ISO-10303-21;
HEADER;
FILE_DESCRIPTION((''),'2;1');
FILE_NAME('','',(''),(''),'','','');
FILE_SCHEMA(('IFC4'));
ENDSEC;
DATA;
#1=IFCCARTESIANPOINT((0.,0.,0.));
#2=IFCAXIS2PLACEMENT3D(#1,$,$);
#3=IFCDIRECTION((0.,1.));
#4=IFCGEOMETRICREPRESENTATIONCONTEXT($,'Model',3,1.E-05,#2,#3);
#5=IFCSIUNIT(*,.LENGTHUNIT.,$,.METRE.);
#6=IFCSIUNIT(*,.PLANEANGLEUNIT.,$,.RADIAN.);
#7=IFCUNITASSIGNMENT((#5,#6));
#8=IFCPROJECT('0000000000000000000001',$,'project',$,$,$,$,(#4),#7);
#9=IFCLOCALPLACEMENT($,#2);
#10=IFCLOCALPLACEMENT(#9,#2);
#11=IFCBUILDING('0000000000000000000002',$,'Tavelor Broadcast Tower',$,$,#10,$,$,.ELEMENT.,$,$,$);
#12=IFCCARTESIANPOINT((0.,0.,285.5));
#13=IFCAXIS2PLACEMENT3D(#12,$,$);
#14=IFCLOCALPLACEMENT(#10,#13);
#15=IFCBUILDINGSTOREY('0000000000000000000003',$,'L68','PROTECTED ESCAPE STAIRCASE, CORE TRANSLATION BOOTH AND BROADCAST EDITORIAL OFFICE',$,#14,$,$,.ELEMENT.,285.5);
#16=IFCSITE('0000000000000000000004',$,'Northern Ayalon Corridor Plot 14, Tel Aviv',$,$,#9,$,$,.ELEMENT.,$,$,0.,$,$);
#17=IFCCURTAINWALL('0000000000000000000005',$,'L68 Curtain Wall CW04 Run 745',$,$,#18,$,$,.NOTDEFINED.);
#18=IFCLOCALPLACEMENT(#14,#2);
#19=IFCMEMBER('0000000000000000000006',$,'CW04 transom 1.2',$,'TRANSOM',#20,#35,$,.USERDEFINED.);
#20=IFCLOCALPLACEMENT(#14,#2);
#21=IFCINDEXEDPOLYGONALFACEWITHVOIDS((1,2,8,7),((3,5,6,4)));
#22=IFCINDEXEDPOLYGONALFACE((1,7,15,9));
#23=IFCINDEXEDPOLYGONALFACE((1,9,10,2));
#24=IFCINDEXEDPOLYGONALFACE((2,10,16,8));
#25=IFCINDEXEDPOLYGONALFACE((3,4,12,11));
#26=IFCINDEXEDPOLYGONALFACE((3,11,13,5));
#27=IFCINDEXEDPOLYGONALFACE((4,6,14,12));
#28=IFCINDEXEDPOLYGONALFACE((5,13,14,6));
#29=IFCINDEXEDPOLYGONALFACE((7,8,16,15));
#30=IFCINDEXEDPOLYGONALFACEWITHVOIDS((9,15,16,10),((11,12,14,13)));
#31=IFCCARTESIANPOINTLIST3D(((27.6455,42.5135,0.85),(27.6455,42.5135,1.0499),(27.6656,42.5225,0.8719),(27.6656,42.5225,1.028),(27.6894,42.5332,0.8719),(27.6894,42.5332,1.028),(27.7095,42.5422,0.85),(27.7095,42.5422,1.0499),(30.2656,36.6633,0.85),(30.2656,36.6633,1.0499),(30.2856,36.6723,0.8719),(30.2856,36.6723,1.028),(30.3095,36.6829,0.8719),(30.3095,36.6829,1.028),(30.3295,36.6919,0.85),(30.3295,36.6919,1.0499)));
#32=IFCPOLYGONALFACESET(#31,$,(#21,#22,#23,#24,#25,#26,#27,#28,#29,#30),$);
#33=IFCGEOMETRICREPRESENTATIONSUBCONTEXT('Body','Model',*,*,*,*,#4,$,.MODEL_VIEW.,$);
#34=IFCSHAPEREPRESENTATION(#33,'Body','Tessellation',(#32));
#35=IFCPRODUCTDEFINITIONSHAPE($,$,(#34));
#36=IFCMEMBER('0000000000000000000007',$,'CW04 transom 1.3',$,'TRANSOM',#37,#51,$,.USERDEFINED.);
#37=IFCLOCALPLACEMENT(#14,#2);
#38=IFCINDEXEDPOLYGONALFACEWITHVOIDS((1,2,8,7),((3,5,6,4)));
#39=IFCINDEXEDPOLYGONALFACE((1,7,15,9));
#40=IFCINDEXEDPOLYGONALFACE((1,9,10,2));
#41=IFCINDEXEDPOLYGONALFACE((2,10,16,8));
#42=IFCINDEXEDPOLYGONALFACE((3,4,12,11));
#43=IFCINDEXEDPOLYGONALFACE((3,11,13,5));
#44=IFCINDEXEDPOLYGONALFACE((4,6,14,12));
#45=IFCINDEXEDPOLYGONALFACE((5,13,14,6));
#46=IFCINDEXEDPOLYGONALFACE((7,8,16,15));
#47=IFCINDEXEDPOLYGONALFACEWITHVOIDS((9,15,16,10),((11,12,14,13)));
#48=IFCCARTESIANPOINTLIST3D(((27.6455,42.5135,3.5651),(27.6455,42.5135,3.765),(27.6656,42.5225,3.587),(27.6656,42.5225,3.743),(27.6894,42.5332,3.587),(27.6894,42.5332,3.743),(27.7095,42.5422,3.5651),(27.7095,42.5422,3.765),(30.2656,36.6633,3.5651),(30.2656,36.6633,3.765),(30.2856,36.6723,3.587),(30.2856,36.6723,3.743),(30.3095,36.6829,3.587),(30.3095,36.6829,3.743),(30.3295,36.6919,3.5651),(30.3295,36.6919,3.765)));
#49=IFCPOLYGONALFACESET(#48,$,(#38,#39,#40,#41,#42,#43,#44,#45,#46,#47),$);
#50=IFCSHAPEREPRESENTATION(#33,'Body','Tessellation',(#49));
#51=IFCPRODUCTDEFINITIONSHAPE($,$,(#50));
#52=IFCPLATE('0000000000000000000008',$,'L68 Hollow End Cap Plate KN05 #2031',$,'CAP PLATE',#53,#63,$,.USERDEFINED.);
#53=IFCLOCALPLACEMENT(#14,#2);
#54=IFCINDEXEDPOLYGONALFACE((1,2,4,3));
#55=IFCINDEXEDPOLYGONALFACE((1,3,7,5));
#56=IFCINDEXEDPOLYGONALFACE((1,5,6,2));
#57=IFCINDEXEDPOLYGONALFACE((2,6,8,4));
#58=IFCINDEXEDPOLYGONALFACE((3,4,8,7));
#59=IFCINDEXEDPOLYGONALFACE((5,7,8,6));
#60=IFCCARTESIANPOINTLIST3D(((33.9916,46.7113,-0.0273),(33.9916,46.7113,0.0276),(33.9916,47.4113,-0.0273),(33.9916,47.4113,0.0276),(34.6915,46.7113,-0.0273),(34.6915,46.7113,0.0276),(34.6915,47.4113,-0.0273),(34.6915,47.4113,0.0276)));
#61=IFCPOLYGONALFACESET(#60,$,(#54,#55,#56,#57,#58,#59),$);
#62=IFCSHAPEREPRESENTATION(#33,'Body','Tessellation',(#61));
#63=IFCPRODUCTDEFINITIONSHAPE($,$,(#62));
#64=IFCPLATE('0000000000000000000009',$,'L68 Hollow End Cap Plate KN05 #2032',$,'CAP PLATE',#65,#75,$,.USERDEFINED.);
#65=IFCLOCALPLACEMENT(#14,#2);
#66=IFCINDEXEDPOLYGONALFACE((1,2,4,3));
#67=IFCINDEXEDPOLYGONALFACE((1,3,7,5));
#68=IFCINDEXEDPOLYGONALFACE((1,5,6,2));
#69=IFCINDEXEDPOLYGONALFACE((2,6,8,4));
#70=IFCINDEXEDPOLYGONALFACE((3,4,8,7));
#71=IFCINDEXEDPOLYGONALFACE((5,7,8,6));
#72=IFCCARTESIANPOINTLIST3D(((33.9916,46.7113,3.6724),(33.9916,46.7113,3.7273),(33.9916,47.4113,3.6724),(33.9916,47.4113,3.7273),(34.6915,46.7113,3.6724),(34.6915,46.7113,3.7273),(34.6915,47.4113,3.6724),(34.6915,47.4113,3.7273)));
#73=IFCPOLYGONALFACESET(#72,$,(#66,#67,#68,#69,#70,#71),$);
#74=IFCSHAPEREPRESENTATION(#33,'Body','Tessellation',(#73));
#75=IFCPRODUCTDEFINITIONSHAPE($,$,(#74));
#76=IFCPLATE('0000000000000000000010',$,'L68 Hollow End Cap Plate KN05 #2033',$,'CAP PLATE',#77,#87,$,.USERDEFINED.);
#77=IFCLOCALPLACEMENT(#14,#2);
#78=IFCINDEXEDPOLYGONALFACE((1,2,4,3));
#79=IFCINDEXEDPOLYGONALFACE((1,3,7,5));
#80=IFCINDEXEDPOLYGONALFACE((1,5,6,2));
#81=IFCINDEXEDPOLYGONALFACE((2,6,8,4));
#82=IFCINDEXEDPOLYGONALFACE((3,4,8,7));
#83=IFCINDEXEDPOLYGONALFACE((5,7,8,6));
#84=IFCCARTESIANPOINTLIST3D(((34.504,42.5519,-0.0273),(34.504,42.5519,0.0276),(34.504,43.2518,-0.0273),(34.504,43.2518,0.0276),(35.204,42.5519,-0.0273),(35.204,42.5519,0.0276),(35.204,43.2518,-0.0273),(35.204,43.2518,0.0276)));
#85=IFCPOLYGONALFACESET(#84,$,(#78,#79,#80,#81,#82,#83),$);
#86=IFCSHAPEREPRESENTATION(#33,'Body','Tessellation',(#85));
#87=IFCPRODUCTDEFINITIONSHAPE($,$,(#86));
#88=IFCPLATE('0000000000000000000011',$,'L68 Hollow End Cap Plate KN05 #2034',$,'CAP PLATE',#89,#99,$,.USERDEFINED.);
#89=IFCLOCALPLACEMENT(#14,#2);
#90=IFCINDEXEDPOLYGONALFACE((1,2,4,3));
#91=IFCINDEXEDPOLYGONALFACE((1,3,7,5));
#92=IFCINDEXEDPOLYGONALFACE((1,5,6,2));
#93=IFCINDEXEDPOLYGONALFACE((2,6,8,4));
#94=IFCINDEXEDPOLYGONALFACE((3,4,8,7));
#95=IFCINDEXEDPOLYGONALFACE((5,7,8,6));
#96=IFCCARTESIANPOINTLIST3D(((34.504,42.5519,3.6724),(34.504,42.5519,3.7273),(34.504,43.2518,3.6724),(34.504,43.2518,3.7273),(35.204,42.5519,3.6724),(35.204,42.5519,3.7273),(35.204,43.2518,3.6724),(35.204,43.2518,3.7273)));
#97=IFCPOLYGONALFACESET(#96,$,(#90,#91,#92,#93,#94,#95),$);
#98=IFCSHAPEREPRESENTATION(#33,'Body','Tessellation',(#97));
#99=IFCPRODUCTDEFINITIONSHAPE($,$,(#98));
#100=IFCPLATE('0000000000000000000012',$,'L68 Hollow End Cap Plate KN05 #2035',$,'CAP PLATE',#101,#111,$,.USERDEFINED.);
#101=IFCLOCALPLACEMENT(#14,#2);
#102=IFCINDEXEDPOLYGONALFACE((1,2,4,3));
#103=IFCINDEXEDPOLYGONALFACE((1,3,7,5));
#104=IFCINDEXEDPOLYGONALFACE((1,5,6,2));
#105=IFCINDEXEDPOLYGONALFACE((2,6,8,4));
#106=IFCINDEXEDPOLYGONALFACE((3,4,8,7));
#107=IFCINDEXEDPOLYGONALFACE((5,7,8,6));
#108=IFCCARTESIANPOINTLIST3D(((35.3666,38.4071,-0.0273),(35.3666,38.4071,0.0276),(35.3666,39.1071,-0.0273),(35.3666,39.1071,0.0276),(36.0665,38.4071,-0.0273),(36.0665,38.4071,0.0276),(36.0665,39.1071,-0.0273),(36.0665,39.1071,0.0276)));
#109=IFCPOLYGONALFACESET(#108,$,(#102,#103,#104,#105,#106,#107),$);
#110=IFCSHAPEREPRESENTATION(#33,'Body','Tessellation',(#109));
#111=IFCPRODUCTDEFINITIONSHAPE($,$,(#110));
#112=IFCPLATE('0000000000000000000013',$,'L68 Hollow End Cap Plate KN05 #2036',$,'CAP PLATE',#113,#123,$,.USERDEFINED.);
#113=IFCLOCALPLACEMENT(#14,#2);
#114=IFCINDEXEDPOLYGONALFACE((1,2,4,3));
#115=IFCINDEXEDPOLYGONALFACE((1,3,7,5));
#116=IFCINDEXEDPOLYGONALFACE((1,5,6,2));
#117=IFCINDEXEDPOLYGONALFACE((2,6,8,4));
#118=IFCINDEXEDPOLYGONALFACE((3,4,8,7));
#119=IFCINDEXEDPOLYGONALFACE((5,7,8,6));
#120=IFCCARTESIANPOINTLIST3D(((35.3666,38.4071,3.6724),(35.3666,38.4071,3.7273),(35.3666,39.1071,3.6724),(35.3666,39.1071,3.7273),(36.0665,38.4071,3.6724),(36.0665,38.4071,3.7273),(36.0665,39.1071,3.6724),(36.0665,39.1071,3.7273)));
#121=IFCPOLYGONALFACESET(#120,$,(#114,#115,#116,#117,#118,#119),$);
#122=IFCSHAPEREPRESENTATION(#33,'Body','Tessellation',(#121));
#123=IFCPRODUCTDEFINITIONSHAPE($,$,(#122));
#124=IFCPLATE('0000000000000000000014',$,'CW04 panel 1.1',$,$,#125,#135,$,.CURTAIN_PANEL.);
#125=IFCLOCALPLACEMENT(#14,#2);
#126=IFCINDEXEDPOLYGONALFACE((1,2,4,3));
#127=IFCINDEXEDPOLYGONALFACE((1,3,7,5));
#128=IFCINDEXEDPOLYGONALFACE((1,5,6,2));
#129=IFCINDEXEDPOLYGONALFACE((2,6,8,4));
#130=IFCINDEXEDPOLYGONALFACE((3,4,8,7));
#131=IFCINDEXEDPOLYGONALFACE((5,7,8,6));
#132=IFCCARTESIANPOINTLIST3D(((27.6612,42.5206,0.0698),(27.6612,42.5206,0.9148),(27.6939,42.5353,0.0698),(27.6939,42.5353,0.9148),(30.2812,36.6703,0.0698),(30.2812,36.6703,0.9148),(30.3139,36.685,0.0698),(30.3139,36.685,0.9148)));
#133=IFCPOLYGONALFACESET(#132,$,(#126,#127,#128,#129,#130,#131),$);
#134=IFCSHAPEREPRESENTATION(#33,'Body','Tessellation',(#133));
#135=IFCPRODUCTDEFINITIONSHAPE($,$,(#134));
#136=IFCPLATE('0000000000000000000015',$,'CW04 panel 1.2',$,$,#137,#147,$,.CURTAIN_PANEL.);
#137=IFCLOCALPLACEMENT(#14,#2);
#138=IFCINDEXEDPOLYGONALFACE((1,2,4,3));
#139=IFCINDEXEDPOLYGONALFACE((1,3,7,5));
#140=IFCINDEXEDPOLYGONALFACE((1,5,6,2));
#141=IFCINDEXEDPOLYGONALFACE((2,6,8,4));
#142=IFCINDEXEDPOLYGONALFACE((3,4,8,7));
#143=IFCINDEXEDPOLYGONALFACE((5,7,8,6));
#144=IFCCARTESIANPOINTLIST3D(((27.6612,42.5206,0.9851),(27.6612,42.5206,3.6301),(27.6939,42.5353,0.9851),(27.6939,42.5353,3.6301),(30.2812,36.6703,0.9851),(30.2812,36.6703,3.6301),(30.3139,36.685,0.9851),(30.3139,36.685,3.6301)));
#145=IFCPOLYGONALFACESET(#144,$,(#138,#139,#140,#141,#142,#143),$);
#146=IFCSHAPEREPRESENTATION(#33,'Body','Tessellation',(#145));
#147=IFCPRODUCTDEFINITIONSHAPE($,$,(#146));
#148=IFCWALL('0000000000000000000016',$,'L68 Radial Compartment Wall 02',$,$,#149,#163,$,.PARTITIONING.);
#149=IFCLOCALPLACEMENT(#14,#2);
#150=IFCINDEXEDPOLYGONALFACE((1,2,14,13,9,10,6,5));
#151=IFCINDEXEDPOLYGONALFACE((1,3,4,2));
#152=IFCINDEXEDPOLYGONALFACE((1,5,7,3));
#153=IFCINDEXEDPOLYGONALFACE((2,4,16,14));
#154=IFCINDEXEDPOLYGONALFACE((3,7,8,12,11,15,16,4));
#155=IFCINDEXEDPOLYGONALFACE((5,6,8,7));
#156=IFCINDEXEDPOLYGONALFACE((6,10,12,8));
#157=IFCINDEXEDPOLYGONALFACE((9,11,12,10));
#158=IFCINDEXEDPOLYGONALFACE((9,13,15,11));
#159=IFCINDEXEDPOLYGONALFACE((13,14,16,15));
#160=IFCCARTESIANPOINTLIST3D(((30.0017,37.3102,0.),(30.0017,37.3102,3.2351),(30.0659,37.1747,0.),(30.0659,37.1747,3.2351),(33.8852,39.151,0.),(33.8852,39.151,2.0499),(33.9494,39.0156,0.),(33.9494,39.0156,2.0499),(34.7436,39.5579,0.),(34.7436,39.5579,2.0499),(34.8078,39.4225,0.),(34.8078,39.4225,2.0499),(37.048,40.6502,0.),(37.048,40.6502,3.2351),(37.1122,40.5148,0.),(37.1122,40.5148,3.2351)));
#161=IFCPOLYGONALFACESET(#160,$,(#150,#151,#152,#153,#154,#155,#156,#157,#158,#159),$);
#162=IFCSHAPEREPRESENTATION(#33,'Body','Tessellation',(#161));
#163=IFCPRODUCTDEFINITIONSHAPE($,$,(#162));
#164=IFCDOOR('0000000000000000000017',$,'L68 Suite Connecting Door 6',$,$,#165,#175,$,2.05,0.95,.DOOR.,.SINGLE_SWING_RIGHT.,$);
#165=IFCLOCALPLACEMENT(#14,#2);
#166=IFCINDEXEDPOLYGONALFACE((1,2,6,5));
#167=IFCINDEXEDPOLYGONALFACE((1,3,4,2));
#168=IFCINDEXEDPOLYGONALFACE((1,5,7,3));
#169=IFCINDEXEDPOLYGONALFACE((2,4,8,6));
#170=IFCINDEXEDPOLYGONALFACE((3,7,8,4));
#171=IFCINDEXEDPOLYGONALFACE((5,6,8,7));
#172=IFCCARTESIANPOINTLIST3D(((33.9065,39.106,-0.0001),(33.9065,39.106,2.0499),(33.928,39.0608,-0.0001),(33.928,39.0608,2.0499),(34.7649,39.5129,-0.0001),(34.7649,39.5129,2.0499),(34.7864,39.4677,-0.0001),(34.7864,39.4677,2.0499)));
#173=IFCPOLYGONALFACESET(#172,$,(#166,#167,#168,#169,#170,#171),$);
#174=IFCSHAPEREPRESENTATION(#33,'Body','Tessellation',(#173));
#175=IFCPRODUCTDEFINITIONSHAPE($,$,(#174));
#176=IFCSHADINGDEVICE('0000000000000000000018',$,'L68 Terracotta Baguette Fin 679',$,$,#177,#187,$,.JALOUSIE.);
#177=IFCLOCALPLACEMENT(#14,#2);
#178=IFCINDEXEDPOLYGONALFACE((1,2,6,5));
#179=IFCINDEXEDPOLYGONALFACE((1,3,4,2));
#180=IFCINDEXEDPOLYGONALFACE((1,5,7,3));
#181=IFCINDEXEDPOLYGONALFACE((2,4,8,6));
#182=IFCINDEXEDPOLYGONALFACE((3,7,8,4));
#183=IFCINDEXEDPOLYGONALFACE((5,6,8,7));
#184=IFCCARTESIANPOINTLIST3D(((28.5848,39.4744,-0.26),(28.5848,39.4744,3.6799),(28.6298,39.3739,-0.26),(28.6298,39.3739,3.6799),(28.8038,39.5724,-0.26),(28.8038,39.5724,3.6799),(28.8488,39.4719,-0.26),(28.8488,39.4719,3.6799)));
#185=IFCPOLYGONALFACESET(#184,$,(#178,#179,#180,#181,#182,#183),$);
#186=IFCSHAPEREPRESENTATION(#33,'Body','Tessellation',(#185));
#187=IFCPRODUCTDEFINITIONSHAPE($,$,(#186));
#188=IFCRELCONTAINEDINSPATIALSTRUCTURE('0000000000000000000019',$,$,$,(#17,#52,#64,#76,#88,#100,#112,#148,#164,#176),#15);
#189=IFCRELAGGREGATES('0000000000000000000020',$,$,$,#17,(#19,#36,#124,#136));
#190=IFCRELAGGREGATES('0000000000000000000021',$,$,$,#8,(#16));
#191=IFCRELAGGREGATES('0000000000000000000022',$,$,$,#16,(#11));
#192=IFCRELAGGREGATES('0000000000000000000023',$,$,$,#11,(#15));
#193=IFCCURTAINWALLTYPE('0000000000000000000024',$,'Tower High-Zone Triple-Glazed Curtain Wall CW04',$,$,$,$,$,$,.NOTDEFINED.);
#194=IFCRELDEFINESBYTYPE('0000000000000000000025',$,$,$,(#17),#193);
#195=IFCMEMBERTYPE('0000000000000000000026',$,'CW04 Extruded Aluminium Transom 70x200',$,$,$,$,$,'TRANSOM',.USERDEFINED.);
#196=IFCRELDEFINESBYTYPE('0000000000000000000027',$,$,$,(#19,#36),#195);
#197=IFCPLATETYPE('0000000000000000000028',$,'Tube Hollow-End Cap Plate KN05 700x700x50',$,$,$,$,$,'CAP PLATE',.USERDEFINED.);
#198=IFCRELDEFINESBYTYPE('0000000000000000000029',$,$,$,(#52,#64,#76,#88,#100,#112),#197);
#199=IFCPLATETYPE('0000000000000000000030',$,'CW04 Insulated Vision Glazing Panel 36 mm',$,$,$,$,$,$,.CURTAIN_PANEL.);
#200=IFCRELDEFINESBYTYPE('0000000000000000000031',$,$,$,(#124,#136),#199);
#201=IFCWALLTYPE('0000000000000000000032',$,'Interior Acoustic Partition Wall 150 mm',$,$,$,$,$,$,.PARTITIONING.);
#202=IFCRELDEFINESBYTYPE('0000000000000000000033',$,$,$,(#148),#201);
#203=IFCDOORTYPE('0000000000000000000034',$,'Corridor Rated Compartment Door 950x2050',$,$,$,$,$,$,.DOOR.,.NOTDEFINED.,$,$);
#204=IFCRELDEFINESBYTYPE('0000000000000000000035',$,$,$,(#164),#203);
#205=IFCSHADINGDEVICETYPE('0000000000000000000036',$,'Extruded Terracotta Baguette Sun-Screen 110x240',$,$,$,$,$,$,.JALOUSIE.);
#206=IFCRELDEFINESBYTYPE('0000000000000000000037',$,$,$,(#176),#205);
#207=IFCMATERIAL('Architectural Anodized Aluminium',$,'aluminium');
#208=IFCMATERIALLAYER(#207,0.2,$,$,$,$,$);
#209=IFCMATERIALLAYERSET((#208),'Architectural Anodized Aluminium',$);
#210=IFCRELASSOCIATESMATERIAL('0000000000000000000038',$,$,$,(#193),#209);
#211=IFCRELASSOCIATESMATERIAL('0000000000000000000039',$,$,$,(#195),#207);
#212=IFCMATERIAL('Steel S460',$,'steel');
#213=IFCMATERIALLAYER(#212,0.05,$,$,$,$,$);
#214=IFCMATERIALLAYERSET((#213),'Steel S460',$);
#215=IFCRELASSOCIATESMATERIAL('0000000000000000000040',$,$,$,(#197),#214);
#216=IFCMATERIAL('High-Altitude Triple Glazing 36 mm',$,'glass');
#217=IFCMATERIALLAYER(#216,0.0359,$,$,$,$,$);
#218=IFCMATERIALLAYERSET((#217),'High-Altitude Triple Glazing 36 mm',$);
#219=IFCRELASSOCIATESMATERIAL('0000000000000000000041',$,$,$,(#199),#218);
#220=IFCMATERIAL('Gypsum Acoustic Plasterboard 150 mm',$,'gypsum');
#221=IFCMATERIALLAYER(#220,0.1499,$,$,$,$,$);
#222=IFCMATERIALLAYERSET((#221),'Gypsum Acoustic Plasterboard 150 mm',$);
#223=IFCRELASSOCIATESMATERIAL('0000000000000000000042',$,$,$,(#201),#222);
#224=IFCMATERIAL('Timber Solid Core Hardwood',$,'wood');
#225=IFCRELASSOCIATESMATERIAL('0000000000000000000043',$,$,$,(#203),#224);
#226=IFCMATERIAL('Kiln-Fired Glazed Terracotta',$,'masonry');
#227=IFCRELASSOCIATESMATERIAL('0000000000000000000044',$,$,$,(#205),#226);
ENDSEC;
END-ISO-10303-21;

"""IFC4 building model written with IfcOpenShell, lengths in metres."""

from ifc_helpers import new_model, si_unit, direction, frame, frame_2d, origin, origin_2d, place, context, subcontext, project, spatial, rectangle, hollow_rectangle, extrude, source, transform, mapped, material, layer, layer_set, material_profile, profile_set, type_object, type_shapes, element, fill, aggregate, save


model = new_model("IFC4")

# Units and contexts
model_context = context("Model", 3, precision=1e-05, world=origin(), true_north=direction((0.0, 1.0)))
body_context = subcontext(model_context, "Body", "Model", "MODEL_VIEW")
ifc_project = project(units=[si_unit("LENGTHUNIT", "METRE"), si_unit("PLANEANGLEUNIT", "RADIAN")], contexts=[model_context])

# Site, building, storey
site_placement = place(None, origin())
site = spatial("IfcSite", under=ifc_project, at=site_placement, Name="Northern Ayalon Corridor Plot 14, Tel Aviv", CompositionType="ELEMENT", RefElevation=0.0)
building_placement = place(site_placement, origin())
building = spatial("IfcBuilding", under=site, at=building_placement, Name="Tavelor Broadcast Tower", CompositionType="ELEMENT")
storey_placement = place(building_placement, frame((0.0, 0.0, 285.5)))
storey = spatial("IfcBuildingStorey", under=building, at=storey_placement, Name="L68", Description="PROTECTED ESCAPE STAIRCASE, CORE TRANSLATION BOOTH AND BROADCAST EDITORIAL OFFICE", CompositionType="ELEMENT", Elevation=285.5)

# Shared definitions
ifc_material_1 = material(Name="Steel S460", Category="steel")

# Curtain wall, members
ifc_material_2 = material(Name="Architectural Anodized Aluminium", Category="aluminium")
ifc_layer_1 = layer(ifc_material_2, 0.2)
ifc_layer_set_1 = layer_set([ifc_layer_1], Name="Architectural Anodized Aluminium")
curtain_wall_type = type_object("IfcCurtainWallType", Name="Tower High-Zone Triple-Glazed Curtain Wall CW04", PredefinedType="NOTDEFINED", material=ifc_layer_set_1)
curtain_wall_placement = place(storey_placement, origin())
curtain_wall = element("IfcCurtainWall", 1, at=curtain_wall_placement, inside=storey, type_object=curtain_wall_type, Name="L68 Curtain Wall CW04 Run 745", PredefinedType="NOTDEFINED")
ifc_material_profile_1 = material_profile(ifc_material_2, hollow_rectangle(XDim=0.0701, YDim=0.2, WallThickness=0.022, at=origin_2d()), Name="RHS 70x200x22")
ifc_profile_set_1 = profile_set([ifc_material_profile_1], Name="Architectural Anodized Aluminium")
member_type_1 = type_object("IfcMemberType", Name="CW04 Extruded Aluminium Transom 70x200", ElementType="TRANSOM", PredefinedType="USERDEFINED", material=ifc_profile_set_1)
shared_shape_1 = source(origin(), body_context, "Body", "SweptSolid", [
    extrude(hollow_rectangle(XDim=0.0701, YDim=0.2, WallThickness=0.022, at=origin_2d()), origin(), (0.0, 0.0, 1.0), 6.4102),
])
type_shapes(member_type_1, [shared_shape_1])
member_1_placement = place(storey_placement, frame((27.6775, 42.5278, 0.95), z_axis=(0.408738, -0.912652, 0.0), x_axis=(0.912652, 0.408738, 0.0)))
member_1 = element("IfcMember", 2, at=member_1_placement, type_object=member_type_1, Name="CW04 transom 1.2", ObjectType="TRANSOM", PredefinedType="USERDEFINED", context=body_context, shape_type="MappedRepresentation", body=[
    mapped(shared_shape_1, transform((0.0, 0.0, 0.0), scale=1.0)),
])
member_2_placement = place(storey_placement, frame((27.6775, 42.5278, 3.665), z_axis=(0.408738, -0.912652, 0.0), x_axis=(0.912652, 0.408738, 0.0)))
member_2 = element("IfcMember", 3, at=member_2_placement, type_object=member_type_1, Name="CW04 transom 1.3", ObjectType="TRANSOM", PredefinedType="USERDEFINED", context=body_context, shape_type="MappedRepresentation", body=[
    mapped(shared_shape_1, transform((0.0, 0.0, 0.0), scale=1.0)),
])

# Plates
ifc_layer_2 = layer(ifc_material_1, 0.05)
ifc_layer_set_2 = layer_set([ifc_layer_2], Name="Steel S460")
plate_type_1 = type_object("IfcPlateType", Name="Tube Hollow-End Cap Plate KN05 700x700x50", ElementType="CAP PLATE", PredefinedType="USERDEFINED", material=ifc_layer_set_2)
shared_shape_2 = source(origin(), body_context, "Body", "SweptSolid", [
    extrude(rectangle(XDim=0.7, YDim=0.7, at=origin_2d()), origin(), (0.0, 0.0, 1.0), 0.0549),
])
type_shapes(plate_type_1, [shared_shape_2])
for number, where, z_axis, x_axis, name in (
    (4, (34.3416, 47.0613, -0.0273), (0.0, 0.0, 1.0), (1.0, 0.0, 0.0), "L68 Hollow End Cap Plate KN05 #2031"),
    (5, (34.3416, 47.0613, 3.6724), (0.0, 0.0, 1.0), (1.0, 0.0, 0.0), "L68 Hollow End Cap Plate KN05 #2032"),
    (6, (34.854, 42.9019, -0.0273), (0.0, 0.0, 1.0), (1.0, 0.0, 0.0), "L68 Hollow End Cap Plate KN05 #2033"),
    (7, (34.854, 42.9019, 3.6724), (0.0, 0.0, 1.0), (1.0, 0.0, 0.0), "L68 Hollow End Cap Plate KN05 #2034"),
    (8, (35.7166, 38.7571, -0.0273), (0.0, 0.0, 1.0), (1.0, 0.0, 0.0), "L68 Hollow End Cap Plate KN05 #2035"),
    (9, (35.7166, 38.7571, 3.6724), (0.0, 0.0, 1.0), (1.0, 0.0, 0.0), "L68 Hollow End Cap Plate KN05 #2036"),
):
    element("IfcPlate", number, at=place(storey_placement, frame(where, z_axis=z_axis, x_axis=x_axis)), inside=storey, type_object=plate_type_1, Name=name, ObjectType="CAP PLATE", PredefinedType="USERDEFINED", context=body_context, shape_type="MappedRepresentation", body=[
        mapped(shared_shape_2, transform((0.0, 0.0, 0.0), scale=1.0)),
    ])

# Plates
ifc_material_3 = material(Name="High-Altitude Triple Glazing 36 mm", Category="glass")
ifc_layer_3 = layer(ifc_material_3, 0.0359)
ifc_layer_set_3 = layer_set([ifc_layer_3], Name="High-Altitude Triple Glazing 36 mm")
plate_type_2 = type_object("IfcPlateType", Name="CW04 Insulated Vision Glazing Panel 36 mm", PredefinedType="CURTAIN_PANEL", material=ifc_layer_set_3)
shared_shape_3 = source(origin(), body_context, "Body", "SweptSolid", [
    extrude(rectangle(XDim=6.4102, YDim=0.0359, at=origin_2d()), origin(), (0.0, 0.0, 1.0), 0.845),
])
plate_1_placement = place(storey_placement, frame((28.9875, 39.6028, 0.0698), z_axis=(0.0, 0.0, 1.0), x_axis=(0.408726, -0.912657, 0.0)))
plate_1 = element("IfcPlate", 10, at=plate_1_placement, type_object=plate_type_2, Name="CW04 panel 1.1", PredefinedType="CURTAIN_PANEL", context=body_context, shape_type="MappedRepresentation", body=[
    mapped(shared_shape_3, transform((0.0, 0.0, 0.0), scale=1.0)),
])
shared_shape_4 = source(origin(), body_context, "Body", "SweptSolid", [
    extrude(rectangle(XDim=6.4102, YDim=0.0359, at=origin_2d()), origin(), (0.0, 0.0, 1.0), 2.645),
])
type_shapes(plate_type_2, [shared_shape_3, shared_shape_4])
plate_2_placement = place(storey_placement, frame((28.9875, 39.6028, 0.9851), z_axis=(0.0, 0.0, 1.0), x_axis=(0.408726, -0.912657, 0.0)))
plate_2 = element("IfcPlate", 11, at=plate_2_placement, type_object=plate_type_2, Name="CW04 panel 1.2", PredefinedType="CURTAIN_PANEL", context=body_context, shape_type="MappedRepresentation", body=[
    mapped(shared_shape_4, transform((0.0, 0.0, 0.0), scale=1.0)),
])
aggregate(curtain_wall, [member_1, member_2, plate_1, plate_2])

# Wall, opening, door
ifc_material_4 = material(Name="Gypsum Acoustic Plasterboard 150 mm", Category="gypsum")
ifc_layer_4 = layer(ifc_material_4, 0.1499)
ifc_layer_set_4 = layer_set([ifc_layer_4], Name="Gypsum Acoustic Plasterboard 150 mm")
wall_type = type_object("IfcWallType", Name="Interior Acoustic Partition Wall 150 mm", PredefinedType="PARTITIONING", material=ifc_layer_set_4)
wall_placement = place(storey_placement, frame((37.0801, 40.5825, 0.0), z_axis=(0.0, 0.0, 1.0), x_axis=(-0.903622, -0.42833, 0.0)))
wall = element("IfcWall", 12, at=wall_placement, inside=storey, type_object=wall_type, Name="L68 Radial Compartment Wall 02", PredefinedType="PARTITIONING", context=body_context, shape_type="SweptSolid", body=[
    extrude(rectangle(XDim=7.7979, YDim=0.1499, at=frame_2d((3.8989, 0.0))), origin(), (0.0, 0.0, 1.0), 3.2351),
])
opening_placement = place(wall_placement, frame((2.55, 0.0, 0.0)))
opening = element("IfcOpeningElement", 13, at=opening_placement, cuts=wall, PredefinedType="OPENING", context=body_context, shape_type="SweptSolid", body=[
    extrude(rectangle(XDim=0.95, YDim=2.05, at=frame_2d((0.4751, 1.0249))), frame((0.0, 0.085, 0.0), z_axis=(0.0, -1.0, 0.0), x_axis=(1.0, 0.0, 0.0)), (0.0, 0.0, 1.0), 0.1699),
])
ifc_material_5 = material(Name="Timber Solid Core Hardwood", Category="wood")
door_type = type_object("IfcDoorType", Name="Corridor Rated Compartment Door 950x2050", OperationType="NOTDEFINED", PredefinedType="DOOR", material=ifc_material_5)
door_placement = place(opening_placement, origin())
door = element("IfcDoor", 14, at=door_placement, inside=storey, type_object=door_type, Name="L68 Suite Connecting Door 6", OperationType="SINGLE_SWING_RIGHT", OverallHeight=2.05, OverallWidth=0.95, PredefinedType="DOOR", context=body_context, shape_type="SweptSolid", body=[
    extrude(rectangle(XDim=0.95, YDim=2.05, at=frame_2d((0.4751, 1.0249))), frame((0.0, 0.0249, 0.0), z_axis=(0.0, -1.0, 0.0), x_axis=(1.0, 0.0, 0.0)), (0.0, 0.0, 1.0), 0.05),
])
fill(opening, door)

# Shading device
ifc_material_6 = material(Name="Kiln-Fired Glazed Terracotta", Category="masonry")
shading_device_type = type_object("IfcShadingDeviceType", Name="Extruded Terracotta Baguette Sun-Screen 110x240", PredefinedType="JALOUSIE", material=ifc_material_6)
shared_shape_5 = source(origin(), body_context, "Body", "SweptSolid", [
    extrude(rectangle(XDim=0.1101, YDim=0.24, at=origin_2d()), origin(), (0.0, 0.0, 1.0), 3.9399),
])
type_shapes(shading_device_type, [shared_shape_5])
shading_device_placement = place(storey_placement, frame((28.7168, 39.4731, -0.26), z_axis=(0.0, 0.0, 1.0), x_axis=(0.408649, -0.912692, 0.0)))
element("IfcShadingDevice", 15, at=shading_device_placement, inside=storey, type_object=shading_device_type, Name="L68 Terracotta Baguette Fin 679", PredefinedType="JALOUSIE", context=body_context, shape_type="MappedRepresentation", body=[
    mapped(shared_shape_5, transform((0.0, 0.0, 0.0), scale=1.0)),
])

save(model, "model.ifc")
